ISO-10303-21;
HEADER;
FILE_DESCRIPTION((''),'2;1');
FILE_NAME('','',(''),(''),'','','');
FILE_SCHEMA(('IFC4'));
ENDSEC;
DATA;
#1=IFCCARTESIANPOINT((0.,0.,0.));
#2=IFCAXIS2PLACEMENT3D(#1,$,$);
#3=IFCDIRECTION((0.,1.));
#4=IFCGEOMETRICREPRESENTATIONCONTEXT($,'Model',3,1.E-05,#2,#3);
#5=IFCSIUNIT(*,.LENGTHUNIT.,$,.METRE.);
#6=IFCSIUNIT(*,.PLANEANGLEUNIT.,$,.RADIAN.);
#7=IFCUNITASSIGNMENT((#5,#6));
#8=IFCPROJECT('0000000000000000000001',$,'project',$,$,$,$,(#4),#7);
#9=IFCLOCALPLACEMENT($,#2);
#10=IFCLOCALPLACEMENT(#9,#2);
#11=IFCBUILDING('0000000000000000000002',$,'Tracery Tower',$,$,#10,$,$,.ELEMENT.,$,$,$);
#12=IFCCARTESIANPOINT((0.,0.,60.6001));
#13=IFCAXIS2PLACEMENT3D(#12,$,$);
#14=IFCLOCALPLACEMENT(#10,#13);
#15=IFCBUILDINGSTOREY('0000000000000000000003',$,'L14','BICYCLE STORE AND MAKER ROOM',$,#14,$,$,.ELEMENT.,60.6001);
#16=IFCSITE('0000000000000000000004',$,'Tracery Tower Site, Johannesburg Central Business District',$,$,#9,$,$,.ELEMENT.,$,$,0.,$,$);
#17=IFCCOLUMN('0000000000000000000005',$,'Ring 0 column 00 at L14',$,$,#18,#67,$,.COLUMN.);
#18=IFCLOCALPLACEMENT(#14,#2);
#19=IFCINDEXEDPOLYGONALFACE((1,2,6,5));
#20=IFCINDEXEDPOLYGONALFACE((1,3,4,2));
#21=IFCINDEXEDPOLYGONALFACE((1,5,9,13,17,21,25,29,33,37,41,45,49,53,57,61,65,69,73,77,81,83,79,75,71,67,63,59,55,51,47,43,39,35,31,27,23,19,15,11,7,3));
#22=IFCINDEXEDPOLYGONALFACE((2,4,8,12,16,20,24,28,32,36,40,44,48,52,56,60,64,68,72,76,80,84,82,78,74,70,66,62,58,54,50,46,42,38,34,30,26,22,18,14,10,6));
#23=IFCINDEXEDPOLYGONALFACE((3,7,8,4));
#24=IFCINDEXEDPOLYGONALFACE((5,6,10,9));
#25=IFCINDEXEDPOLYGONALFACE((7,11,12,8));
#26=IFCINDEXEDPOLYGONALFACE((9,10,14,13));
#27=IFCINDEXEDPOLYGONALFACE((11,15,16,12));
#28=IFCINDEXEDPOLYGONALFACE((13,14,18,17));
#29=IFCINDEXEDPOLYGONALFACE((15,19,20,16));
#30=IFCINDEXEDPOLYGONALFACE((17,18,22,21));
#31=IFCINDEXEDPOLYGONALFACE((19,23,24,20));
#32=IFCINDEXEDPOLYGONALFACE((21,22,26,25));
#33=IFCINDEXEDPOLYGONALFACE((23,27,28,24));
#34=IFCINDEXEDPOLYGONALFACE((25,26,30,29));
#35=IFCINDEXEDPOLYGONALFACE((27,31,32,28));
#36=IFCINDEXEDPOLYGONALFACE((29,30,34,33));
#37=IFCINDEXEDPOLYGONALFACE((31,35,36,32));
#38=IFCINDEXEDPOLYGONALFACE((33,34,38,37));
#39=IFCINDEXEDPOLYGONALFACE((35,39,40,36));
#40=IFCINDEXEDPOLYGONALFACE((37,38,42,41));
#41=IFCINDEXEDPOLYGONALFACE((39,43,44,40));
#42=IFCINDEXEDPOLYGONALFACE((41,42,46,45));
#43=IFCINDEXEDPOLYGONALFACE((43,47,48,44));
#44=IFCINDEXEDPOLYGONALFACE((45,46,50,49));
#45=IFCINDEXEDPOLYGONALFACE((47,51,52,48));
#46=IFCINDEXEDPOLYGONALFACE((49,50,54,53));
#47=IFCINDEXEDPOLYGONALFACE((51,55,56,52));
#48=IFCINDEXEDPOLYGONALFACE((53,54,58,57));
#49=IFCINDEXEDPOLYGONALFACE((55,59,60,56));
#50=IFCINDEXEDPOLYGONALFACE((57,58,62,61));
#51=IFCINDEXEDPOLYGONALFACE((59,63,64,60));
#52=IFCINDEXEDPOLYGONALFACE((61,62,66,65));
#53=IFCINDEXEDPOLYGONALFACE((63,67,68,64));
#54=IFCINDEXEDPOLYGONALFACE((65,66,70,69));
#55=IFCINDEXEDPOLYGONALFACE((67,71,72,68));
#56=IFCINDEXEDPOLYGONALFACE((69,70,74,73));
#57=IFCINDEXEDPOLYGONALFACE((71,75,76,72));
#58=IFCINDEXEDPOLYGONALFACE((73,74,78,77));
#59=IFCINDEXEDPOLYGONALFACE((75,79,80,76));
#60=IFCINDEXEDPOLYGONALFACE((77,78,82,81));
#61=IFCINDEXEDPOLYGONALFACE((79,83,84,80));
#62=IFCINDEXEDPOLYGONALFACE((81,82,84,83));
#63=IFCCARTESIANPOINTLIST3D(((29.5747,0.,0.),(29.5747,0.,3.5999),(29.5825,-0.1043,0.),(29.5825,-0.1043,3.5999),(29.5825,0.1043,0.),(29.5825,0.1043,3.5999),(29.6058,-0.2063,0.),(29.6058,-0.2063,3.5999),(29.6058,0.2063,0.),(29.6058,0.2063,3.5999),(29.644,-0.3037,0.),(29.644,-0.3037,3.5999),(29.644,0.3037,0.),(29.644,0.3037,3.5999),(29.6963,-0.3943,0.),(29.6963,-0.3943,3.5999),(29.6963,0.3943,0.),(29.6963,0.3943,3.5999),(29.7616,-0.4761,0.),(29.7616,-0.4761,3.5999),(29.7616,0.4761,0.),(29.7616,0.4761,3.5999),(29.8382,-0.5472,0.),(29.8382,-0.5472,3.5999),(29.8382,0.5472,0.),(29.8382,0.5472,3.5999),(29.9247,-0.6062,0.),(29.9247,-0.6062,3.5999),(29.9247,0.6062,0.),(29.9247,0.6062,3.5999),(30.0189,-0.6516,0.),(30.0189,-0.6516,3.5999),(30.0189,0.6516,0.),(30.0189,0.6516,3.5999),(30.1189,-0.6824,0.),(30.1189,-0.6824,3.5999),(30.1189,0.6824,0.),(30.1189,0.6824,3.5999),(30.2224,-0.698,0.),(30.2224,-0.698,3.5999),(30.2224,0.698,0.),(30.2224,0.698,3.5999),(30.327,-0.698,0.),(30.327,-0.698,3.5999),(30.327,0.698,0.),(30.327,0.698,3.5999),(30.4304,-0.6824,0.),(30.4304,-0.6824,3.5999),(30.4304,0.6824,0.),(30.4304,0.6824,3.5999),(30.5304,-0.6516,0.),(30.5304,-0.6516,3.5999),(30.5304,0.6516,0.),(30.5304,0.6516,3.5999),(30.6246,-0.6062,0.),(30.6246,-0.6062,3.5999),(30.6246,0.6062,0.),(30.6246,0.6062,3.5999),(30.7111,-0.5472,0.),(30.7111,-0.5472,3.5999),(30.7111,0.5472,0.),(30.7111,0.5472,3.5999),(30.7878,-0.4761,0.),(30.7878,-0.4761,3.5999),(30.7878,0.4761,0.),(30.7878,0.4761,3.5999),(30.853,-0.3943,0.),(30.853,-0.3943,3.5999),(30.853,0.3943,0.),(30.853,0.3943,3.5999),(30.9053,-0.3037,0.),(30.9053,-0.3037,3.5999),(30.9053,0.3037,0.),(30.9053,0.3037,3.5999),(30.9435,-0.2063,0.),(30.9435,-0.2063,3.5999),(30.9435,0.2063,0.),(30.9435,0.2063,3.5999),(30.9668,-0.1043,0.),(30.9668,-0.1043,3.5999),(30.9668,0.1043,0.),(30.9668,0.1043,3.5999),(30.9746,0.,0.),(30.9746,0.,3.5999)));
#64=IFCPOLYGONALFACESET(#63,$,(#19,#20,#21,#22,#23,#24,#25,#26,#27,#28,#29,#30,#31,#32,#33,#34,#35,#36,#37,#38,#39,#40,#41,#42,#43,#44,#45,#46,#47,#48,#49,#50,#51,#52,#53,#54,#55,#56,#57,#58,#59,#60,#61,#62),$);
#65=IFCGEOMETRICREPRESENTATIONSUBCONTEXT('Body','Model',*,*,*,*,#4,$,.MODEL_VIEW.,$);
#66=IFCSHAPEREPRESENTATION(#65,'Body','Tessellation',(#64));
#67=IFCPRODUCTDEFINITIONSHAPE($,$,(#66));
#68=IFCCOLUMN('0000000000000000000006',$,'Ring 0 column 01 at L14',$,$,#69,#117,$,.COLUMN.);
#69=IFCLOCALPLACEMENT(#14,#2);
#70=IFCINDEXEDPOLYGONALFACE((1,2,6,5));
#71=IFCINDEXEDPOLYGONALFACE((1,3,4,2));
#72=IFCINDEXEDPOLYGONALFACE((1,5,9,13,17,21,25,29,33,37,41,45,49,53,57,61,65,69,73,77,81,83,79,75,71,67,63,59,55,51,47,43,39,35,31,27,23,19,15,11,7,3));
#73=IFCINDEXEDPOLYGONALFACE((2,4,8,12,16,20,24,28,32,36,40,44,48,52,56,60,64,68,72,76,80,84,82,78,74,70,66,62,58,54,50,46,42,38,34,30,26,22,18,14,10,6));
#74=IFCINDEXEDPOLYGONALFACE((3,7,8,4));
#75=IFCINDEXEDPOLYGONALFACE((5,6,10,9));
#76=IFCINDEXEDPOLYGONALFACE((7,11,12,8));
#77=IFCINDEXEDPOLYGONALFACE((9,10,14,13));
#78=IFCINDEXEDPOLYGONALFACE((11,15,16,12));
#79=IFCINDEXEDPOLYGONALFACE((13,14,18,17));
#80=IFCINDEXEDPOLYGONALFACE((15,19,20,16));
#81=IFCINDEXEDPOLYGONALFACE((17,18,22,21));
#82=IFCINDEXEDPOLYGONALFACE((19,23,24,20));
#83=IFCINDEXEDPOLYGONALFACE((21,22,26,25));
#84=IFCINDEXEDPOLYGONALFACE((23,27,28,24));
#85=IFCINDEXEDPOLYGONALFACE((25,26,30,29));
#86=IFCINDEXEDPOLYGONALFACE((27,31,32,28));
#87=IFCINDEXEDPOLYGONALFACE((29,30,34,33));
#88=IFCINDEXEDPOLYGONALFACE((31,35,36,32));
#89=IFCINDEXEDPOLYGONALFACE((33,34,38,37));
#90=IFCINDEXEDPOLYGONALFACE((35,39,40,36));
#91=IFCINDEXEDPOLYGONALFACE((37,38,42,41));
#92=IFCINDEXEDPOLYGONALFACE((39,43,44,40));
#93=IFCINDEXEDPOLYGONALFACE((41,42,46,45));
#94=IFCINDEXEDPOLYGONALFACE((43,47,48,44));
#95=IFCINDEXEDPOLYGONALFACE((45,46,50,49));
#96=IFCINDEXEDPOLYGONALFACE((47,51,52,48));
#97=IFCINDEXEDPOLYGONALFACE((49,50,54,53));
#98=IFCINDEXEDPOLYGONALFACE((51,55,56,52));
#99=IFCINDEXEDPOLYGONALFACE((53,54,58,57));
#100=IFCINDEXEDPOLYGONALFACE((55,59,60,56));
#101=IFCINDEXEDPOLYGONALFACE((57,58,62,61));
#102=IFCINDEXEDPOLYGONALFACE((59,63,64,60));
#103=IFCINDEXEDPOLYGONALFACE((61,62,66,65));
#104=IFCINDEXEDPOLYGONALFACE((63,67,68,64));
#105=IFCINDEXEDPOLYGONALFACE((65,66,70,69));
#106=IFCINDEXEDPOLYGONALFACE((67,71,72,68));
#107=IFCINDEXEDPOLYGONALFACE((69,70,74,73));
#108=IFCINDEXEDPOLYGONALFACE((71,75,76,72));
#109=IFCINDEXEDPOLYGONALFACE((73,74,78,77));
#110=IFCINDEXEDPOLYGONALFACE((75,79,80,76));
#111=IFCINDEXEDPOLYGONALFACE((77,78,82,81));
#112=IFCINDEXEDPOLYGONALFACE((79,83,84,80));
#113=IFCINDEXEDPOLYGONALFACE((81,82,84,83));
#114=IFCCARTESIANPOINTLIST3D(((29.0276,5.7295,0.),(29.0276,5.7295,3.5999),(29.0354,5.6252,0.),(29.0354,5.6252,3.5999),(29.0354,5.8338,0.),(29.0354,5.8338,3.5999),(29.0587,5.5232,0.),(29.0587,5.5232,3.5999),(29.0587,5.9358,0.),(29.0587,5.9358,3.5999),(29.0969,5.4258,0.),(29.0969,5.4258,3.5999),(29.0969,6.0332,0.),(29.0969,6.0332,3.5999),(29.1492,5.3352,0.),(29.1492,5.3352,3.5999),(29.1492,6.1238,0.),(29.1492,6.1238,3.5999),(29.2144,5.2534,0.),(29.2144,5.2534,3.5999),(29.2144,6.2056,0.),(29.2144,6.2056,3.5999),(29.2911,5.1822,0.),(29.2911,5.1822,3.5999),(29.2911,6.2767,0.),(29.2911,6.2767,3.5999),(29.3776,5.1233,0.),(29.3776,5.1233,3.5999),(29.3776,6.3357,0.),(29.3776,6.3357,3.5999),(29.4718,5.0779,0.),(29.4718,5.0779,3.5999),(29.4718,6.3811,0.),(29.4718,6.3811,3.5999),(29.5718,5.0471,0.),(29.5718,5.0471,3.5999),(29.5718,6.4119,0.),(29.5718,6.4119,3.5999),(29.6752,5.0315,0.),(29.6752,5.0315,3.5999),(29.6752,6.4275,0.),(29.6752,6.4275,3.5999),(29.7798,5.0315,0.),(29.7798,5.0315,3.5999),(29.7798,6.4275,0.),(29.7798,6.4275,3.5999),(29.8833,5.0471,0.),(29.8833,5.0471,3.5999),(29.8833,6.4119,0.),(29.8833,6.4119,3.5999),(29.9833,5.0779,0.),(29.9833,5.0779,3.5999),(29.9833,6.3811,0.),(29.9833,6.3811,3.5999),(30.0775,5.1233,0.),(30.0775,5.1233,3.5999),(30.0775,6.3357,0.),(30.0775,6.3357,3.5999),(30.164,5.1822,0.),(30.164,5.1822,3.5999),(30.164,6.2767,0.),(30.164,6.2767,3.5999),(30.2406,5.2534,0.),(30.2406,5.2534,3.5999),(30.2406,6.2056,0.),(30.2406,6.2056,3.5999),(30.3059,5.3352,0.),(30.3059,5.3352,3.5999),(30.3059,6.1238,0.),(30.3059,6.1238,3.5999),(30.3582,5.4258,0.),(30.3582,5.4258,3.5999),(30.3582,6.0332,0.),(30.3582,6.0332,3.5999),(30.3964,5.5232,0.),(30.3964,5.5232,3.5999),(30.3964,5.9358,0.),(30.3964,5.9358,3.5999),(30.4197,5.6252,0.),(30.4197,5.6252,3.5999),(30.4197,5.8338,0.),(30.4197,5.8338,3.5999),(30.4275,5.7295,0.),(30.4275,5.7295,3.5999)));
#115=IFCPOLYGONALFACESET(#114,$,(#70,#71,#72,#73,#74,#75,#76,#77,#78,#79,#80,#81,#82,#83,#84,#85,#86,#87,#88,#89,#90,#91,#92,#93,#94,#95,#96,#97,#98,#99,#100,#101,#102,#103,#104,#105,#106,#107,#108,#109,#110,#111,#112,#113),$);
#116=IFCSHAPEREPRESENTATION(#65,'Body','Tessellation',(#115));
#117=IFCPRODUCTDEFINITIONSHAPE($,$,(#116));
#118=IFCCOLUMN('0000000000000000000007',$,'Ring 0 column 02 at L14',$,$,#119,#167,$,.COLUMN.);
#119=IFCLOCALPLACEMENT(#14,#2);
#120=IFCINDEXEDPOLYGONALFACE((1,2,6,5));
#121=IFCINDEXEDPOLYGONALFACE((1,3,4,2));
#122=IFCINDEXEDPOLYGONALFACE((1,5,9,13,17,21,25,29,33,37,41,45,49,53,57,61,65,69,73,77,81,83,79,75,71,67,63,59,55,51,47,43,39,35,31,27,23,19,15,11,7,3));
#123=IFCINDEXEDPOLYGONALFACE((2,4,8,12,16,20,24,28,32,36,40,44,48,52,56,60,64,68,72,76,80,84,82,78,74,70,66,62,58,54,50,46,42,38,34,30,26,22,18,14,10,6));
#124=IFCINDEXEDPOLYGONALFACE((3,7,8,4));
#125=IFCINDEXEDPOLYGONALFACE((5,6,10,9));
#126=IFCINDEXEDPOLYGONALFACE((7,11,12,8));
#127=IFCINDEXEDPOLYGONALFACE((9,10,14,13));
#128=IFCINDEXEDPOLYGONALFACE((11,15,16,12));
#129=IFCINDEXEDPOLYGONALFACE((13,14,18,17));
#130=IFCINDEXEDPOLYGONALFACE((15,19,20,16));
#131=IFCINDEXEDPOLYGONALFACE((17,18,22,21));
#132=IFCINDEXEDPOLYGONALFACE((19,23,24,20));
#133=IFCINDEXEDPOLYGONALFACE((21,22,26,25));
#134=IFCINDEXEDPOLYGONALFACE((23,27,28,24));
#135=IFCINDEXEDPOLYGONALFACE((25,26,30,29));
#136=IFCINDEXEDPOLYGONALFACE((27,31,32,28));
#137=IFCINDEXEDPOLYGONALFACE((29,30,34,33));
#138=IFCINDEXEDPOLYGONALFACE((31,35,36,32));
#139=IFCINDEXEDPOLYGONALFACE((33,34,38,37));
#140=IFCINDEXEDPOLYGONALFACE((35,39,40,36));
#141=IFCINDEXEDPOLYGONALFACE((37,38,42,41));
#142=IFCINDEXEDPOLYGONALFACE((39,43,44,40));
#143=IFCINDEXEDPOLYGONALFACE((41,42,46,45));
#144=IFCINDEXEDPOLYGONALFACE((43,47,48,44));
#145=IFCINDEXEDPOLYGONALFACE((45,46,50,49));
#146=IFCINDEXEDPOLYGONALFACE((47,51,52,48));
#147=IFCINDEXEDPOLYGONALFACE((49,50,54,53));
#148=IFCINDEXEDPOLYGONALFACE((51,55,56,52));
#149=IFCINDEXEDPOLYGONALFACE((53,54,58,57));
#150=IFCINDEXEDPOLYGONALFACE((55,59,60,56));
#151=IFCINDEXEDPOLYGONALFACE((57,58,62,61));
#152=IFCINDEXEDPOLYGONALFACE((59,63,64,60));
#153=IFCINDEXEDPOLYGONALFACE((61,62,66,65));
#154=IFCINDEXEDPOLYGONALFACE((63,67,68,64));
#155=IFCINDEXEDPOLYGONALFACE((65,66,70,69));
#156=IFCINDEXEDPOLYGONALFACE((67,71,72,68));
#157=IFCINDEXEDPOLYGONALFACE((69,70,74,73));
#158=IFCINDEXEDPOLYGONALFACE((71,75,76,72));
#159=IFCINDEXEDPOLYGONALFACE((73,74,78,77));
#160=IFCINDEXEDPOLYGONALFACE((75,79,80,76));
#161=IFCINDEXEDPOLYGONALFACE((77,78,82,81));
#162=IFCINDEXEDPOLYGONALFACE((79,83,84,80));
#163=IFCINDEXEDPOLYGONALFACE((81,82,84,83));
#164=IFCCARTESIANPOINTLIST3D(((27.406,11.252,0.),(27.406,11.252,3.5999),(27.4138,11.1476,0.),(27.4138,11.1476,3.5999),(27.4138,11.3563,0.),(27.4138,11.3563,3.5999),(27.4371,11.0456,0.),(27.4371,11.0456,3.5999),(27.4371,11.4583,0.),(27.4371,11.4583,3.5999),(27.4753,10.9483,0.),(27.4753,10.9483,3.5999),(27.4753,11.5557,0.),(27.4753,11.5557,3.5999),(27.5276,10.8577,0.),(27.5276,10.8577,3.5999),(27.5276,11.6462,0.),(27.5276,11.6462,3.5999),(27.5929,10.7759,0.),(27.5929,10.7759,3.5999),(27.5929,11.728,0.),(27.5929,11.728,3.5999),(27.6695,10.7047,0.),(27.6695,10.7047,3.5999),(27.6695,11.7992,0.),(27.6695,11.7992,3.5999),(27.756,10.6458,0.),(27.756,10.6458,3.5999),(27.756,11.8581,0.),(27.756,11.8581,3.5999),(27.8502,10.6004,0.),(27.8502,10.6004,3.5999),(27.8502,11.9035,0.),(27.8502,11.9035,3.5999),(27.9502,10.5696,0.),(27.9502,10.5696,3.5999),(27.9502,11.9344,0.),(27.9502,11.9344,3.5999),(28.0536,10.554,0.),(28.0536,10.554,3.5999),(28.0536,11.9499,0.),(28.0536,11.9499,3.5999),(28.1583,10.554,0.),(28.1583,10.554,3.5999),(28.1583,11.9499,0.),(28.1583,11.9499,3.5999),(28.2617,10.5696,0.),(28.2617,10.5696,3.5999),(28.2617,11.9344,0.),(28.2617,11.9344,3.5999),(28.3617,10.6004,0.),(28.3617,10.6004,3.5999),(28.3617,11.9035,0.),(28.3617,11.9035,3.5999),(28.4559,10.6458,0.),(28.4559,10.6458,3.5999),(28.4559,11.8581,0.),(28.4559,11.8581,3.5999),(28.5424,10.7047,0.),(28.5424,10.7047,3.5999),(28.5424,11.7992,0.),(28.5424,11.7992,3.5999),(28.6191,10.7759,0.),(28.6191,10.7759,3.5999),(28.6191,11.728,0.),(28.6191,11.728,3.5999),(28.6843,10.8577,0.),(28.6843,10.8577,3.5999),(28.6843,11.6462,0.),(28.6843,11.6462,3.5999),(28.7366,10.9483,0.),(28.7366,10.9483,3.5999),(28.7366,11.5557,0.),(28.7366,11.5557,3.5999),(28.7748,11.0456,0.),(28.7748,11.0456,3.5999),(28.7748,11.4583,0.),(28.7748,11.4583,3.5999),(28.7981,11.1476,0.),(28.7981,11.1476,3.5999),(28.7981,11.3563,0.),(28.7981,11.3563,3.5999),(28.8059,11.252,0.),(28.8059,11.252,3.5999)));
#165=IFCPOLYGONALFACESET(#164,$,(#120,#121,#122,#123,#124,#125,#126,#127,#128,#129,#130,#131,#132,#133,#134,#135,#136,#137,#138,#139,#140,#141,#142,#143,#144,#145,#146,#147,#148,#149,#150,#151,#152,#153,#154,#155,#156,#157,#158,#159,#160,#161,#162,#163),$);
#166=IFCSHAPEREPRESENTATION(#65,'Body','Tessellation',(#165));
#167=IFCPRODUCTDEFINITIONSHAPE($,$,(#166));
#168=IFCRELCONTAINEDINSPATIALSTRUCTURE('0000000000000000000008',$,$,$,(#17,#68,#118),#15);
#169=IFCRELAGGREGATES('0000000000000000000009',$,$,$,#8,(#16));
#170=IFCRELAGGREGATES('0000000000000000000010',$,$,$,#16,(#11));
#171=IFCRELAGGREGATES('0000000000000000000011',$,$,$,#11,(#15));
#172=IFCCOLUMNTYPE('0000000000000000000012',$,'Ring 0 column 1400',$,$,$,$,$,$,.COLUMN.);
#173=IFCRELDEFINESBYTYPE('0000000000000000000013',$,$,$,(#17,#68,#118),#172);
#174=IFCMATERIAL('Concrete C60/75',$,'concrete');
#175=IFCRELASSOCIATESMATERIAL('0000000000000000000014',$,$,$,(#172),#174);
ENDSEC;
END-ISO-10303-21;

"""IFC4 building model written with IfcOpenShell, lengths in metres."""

from ifc_helpers import new_model, si_unit, direction, frame, origin, origin_2d, place, context, subcontext, project, spatial, circle, extrude, material, material_profile, profile_set, type_object, element, save


model = new_model("IFC4")

# Units and contexts
model_context = context("Model", 3, precision=1e-05, world=origin(), true_north=direction((0.0, 1.0)))
body_context = subcontext(model_context, "Body", "Model", "MODEL_VIEW")
ifc_project = project(units=[si_unit("LENGTHUNIT", "METRE"), si_unit("PLANEANGLEUNIT", "RADIAN")], contexts=[model_context])

# Site, building, storey
site_placement = place(None, origin())
site = spatial("IfcSite", under=ifc_project, at=site_placement, Name="Tracery Tower Site, Johannesburg Central Business District", CompositionType="ELEMENT", RefElevation=0.0)
building_placement = place(site_placement, origin())
building = spatial("IfcBuilding", under=site, at=building_placement, Name="Tracery Tower", CompositionType="ELEMENT")
storey_placement = place(building_placement, frame((0.0, 0.0, 60.6001)))
storey = spatial("IfcBuildingStorey", under=building, at=storey_placement, Name="L14", Description="BICYCLE STORE AND MAKER ROOM", CompositionType="ELEMENT", Elevation=60.6001)

# Columns
ifc_material_1 = material(Name="Concrete C60/75", Category="concrete")
ifc_material_profile_1 = material_profile(ifc_material_1, circle(Radius=0.7, at=origin_2d()), Name="RC D1400")
ifc_profile_set_1 = profile_set([ifc_material_profile_1], Name="Concrete C60/75")
column_type_1 = type_object("IfcColumnType", Name="Ring 0 column 1400", PredefinedType="COLUMN", material=ifc_profile_set_1)
for number, where, z_axis, x_axis, name in (
    (1, (30.2747, 0.0, 0.0), (0.0, 0.0, 1.0), (1.0, 0.0, 0.0), "Ring 0 column 00 at L14"),
    (2, (29.7275, 5.7295, 0.0), (0.0, 0.0, 1.0), (1.0, 0.0, 0.0), "Ring 0 column 01 at L14"),
    (3, (28.106, 11.252, 0.0), (0.0, 0.0, 1.0), (1.0, 0.0, 0.0), "Ring 0 column 02 at L14"),
):
    element("IfcColumn", number, at=place(storey_placement, frame(where, z_axis=z_axis, x_axis=x_axis)), inside=storey, type_object=column_type_1, Name=name, PredefinedType="COLUMN", context=body_context, shape_type="SweptSolid", body=[
        extrude(circle(Radius=0.7, at=origin_2d()), origin(), (0.0, 0.0, 1.0), 3.5999),
    ])

save(model, "model.ifc")
